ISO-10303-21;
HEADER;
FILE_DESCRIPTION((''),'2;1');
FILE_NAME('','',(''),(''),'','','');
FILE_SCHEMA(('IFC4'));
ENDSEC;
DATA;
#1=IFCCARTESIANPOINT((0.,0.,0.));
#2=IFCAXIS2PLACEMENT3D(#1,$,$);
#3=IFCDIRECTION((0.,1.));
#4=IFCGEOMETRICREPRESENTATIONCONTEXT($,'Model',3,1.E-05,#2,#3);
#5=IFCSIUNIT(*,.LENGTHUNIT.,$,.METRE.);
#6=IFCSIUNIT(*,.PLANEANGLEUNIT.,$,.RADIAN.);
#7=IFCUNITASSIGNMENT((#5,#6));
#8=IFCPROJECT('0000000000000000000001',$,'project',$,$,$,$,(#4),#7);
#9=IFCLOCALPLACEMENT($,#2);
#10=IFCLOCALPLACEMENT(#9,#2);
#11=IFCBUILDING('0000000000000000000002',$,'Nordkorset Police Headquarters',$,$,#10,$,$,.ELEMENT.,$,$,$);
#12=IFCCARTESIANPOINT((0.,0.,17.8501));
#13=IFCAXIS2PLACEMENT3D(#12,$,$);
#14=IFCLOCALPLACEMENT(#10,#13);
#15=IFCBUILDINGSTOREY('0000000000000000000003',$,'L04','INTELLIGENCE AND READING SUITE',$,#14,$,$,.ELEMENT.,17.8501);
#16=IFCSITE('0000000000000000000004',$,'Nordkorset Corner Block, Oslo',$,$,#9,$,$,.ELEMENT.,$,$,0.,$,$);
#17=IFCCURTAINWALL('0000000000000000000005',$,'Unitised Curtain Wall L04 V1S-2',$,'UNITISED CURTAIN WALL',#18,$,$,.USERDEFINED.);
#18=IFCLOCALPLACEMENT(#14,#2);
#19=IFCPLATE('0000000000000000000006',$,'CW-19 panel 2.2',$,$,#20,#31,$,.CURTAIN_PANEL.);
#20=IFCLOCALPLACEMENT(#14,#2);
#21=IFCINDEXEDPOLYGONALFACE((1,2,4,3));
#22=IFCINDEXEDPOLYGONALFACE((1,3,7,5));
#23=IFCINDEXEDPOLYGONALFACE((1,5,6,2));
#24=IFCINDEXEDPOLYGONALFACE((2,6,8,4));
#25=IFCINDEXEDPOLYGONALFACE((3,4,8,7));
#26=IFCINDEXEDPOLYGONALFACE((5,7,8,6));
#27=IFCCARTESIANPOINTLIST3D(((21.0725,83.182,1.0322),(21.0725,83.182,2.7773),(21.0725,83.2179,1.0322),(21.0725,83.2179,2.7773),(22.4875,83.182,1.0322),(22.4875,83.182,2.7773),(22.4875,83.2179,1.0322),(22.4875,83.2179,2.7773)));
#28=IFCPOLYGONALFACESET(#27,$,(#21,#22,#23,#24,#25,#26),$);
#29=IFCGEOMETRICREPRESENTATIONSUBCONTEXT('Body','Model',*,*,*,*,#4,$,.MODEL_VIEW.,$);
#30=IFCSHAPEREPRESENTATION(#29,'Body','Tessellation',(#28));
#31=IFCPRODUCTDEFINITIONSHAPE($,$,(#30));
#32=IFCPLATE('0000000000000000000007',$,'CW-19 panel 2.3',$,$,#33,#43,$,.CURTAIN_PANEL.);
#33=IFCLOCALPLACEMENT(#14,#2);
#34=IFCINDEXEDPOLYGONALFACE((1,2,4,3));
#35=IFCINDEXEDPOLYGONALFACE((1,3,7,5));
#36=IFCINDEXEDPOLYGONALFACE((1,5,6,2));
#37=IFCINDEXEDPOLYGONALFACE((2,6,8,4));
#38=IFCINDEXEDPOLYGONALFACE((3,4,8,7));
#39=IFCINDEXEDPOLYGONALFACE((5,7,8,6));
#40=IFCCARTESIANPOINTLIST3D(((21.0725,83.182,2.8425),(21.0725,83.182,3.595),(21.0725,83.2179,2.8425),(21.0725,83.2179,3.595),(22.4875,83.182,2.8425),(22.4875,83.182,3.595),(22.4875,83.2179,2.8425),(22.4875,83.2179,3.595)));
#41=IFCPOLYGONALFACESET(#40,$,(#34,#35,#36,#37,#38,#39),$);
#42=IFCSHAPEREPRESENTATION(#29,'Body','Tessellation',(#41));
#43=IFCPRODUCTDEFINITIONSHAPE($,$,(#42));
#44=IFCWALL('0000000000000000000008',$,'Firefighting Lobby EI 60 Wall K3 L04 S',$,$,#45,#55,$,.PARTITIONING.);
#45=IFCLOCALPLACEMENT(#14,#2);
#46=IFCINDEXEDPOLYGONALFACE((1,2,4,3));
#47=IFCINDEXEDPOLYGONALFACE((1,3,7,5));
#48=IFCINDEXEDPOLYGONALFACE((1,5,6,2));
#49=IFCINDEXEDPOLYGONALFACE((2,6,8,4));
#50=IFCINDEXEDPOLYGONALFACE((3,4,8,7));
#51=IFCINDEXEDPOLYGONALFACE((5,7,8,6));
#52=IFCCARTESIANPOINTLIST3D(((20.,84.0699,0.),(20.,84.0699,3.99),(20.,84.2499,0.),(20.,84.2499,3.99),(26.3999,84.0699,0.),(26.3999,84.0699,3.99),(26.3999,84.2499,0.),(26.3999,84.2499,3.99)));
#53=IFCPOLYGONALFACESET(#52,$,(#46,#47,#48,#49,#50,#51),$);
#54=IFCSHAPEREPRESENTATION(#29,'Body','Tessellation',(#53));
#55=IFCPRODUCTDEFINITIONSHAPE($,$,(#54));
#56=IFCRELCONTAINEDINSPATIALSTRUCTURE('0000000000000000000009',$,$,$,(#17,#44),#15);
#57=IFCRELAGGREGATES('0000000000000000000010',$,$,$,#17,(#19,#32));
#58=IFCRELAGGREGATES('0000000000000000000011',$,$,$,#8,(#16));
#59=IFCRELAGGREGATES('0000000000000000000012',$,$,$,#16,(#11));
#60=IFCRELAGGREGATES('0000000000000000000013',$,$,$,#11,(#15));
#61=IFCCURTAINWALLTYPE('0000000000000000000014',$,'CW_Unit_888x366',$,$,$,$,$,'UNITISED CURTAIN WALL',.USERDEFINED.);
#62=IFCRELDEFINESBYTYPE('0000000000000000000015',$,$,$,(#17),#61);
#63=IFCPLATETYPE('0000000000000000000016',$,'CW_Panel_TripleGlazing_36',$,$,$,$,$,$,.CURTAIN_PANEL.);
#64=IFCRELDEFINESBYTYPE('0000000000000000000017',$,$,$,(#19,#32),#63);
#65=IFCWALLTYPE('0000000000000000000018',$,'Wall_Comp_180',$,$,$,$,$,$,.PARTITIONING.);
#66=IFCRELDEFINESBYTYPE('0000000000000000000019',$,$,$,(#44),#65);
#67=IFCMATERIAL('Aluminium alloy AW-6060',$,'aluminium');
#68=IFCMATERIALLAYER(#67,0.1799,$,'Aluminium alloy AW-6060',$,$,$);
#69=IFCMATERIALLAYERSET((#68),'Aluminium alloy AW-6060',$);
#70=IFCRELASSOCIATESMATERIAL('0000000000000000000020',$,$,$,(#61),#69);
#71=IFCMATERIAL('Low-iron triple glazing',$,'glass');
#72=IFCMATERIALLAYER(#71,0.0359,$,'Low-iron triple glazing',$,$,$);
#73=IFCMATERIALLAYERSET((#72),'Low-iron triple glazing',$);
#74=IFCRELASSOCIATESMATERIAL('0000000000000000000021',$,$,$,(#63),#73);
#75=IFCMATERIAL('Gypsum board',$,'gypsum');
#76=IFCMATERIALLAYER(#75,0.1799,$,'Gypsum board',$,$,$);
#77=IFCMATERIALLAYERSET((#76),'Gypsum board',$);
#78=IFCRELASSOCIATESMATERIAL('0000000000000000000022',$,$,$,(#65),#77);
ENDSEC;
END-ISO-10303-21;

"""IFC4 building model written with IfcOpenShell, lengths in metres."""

from ifc_helpers import new_model, si_unit, direction, frame, frame_2d, origin, origin_2d, place, context, subcontext, project, spatial, rectangle, extrude, material, layer, layer_set, type_object, element, aggregate, save


model = new_model("IFC4")

# Units and contexts
model_context = context("Model", 3, precision=1e-05, world=origin(), true_north=direction((0.0, 1.0)))
body_context = subcontext(model_context, "Body", "Model", "MODEL_VIEW")
ifc_project = project(units=[si_unit("LENGTHUNIT", "METRE"), si_unit("PLANEANGLEUNIT", "RADIAN")], contexts=[model_context])

# Site, building, storey
site_placement = place(None, origin())
site = spatial("IfcSite", under=ifc_project, at=site_placement, Name="Nordkorset Corner Block, Oslo", CompositionType="ELEMENT", RefElevation=0.0)
building_placement = place(site_placement, origin())
building = spatial("IfcBuilding", under=site, at=building_placement, Name="Nordkorset Police Headquarters", CompositionType="ELEMENT")
storey_placement = place(building_placement, frame((0.0, 0.0, 17.8501)))
storey = spatial("IfcBuildingStorey", under=building, at=storey_placement, Name="L04", Description="INTELLIGENCE AND READING SUITE", CompositionType="ELEMENT", Elevation=17.8501)

# Curtain wall, plates
ifc_material_1 = material(Name="Aluminium alloy AW-6060", Category="aluminium")
ifc_layer_1 = layer(ifc_material_1, 0.1799, Name="Aluminium alloy AW-6060")
ifc_layer_set_1 = layer_set([ifc_layer_1], Name="Aluminium alloy AW-6060")
curtain_wall_type = type_object("IfcCurtainWallType", Name="CW_Unit_888x366", ElementType="UNITISED CURTAIN WALL", PredefinedType="USERDEFINED", material=ifc_layer_set_1)
curtain_wall_placement = place(storey_placement, origin())
curtain_wall = element("IfcCurtainWall", 1, at=curtain_wall_placement, inside=storey, type_object=curtain_wall_type, Name="Unitised Curtain Wall L04 V1S-2", ObjectType="UNITISED CURTAIN WALL", PredefinedType="USERDEFINED")
ifc_material_2 = material(Name="Low-iron triple glazing", Category="glass")
ifc_layer_2 = layer(ifc_material_2, 0.0359, Name="Low-iron triple glazing")
ifc_layer_set_2 = layer_set([ifc_layer_2], Name="Low-iron triple glazing")
plate_type = type_object("IfcPlateType", Name="CW_Panel_TripleGlazing_36", PredefinedType="CURTAIN_PANEL", material=ifc_layer_set_2)
plate_1_placement = place(storey_placement, frame((21.78, 83.2, 1.0322), z_axis=(0.0, 0.0, 1.0), x_axis=(1.0, 0.0, 0.0)))
plate_1 = element("IfcPlate", 2, at=plate_1_placement, type_object=plate_type, Name="CW-19 panel 2.2", PredefinedType="CURTAIN_PANEL", context=body_context, shape_type="SweptSolid", body=[
    extrude(rectangle(XDim=1.415, YDim=0.0359, at=origin_2d()), origin(), (0.0, 0.0, 1.0), 1.7451),
])
plate_2_placement = place(storey_placement, frame((21.78, 83.2, 2.8425), z_axis=(0.0, 0.0, 1.0), x_axis=(1.0, 0.0, 0.0)))
plate_2 = element("IfcPlate", 3, at=plate_2_placement, type_object=plate_type, Name="CW-19 panel 2.3", PredefinedType="CURTAIN_PANEL", context=body_context, shape_type="SweptSolid", body=[
    extrude(rectangle(XDim=1.415, YDim=0.0359, at=origin_2d()), origin(), (0.0, 0.0, 1.0), 0.7524),
])
aggregate(curtain_wall, [plate_1, plate_2])

# Wall
ifc_material_3 = material(Name="Gypsum board", Category="gypsum")
ifc_layer_3 = layer(ifc_material_3, 0.1799, Name="Gypsum board")
ifc_layer_set_3 = layer_set([ifc_layer_3], Name="Gypsum board")
wall_type_1 = type_object("IfcWallType", Name="Wall_Comp_180", PredefinedType="PARTITIONING", material=ifc_layer_set_3)
wall_1_placement = place(storey_placement, frame((20.0, 84.1599, 0.0), z_axis=(0.0, 0.0, 1.0), x_axis=(1.0, 0.0, 0.0)))
element("IfcWall", 4, at=wall_1_placement, inside=storey, type_object=wall_type_1, Name="Firefighting Lobby EI 60 Wall K3 L04 S", PredefinedType="PARTITIONING", context=body_context, shape_type="SweptSolid", body=[
    extrude(rectangle(XDim=6.3999, YDim=0.1799, at=frame_2d((3.2, 0.0))), origin(), (0.0, 0.0, 1.0), 3.99),
])

save(model, "model.ifc")
